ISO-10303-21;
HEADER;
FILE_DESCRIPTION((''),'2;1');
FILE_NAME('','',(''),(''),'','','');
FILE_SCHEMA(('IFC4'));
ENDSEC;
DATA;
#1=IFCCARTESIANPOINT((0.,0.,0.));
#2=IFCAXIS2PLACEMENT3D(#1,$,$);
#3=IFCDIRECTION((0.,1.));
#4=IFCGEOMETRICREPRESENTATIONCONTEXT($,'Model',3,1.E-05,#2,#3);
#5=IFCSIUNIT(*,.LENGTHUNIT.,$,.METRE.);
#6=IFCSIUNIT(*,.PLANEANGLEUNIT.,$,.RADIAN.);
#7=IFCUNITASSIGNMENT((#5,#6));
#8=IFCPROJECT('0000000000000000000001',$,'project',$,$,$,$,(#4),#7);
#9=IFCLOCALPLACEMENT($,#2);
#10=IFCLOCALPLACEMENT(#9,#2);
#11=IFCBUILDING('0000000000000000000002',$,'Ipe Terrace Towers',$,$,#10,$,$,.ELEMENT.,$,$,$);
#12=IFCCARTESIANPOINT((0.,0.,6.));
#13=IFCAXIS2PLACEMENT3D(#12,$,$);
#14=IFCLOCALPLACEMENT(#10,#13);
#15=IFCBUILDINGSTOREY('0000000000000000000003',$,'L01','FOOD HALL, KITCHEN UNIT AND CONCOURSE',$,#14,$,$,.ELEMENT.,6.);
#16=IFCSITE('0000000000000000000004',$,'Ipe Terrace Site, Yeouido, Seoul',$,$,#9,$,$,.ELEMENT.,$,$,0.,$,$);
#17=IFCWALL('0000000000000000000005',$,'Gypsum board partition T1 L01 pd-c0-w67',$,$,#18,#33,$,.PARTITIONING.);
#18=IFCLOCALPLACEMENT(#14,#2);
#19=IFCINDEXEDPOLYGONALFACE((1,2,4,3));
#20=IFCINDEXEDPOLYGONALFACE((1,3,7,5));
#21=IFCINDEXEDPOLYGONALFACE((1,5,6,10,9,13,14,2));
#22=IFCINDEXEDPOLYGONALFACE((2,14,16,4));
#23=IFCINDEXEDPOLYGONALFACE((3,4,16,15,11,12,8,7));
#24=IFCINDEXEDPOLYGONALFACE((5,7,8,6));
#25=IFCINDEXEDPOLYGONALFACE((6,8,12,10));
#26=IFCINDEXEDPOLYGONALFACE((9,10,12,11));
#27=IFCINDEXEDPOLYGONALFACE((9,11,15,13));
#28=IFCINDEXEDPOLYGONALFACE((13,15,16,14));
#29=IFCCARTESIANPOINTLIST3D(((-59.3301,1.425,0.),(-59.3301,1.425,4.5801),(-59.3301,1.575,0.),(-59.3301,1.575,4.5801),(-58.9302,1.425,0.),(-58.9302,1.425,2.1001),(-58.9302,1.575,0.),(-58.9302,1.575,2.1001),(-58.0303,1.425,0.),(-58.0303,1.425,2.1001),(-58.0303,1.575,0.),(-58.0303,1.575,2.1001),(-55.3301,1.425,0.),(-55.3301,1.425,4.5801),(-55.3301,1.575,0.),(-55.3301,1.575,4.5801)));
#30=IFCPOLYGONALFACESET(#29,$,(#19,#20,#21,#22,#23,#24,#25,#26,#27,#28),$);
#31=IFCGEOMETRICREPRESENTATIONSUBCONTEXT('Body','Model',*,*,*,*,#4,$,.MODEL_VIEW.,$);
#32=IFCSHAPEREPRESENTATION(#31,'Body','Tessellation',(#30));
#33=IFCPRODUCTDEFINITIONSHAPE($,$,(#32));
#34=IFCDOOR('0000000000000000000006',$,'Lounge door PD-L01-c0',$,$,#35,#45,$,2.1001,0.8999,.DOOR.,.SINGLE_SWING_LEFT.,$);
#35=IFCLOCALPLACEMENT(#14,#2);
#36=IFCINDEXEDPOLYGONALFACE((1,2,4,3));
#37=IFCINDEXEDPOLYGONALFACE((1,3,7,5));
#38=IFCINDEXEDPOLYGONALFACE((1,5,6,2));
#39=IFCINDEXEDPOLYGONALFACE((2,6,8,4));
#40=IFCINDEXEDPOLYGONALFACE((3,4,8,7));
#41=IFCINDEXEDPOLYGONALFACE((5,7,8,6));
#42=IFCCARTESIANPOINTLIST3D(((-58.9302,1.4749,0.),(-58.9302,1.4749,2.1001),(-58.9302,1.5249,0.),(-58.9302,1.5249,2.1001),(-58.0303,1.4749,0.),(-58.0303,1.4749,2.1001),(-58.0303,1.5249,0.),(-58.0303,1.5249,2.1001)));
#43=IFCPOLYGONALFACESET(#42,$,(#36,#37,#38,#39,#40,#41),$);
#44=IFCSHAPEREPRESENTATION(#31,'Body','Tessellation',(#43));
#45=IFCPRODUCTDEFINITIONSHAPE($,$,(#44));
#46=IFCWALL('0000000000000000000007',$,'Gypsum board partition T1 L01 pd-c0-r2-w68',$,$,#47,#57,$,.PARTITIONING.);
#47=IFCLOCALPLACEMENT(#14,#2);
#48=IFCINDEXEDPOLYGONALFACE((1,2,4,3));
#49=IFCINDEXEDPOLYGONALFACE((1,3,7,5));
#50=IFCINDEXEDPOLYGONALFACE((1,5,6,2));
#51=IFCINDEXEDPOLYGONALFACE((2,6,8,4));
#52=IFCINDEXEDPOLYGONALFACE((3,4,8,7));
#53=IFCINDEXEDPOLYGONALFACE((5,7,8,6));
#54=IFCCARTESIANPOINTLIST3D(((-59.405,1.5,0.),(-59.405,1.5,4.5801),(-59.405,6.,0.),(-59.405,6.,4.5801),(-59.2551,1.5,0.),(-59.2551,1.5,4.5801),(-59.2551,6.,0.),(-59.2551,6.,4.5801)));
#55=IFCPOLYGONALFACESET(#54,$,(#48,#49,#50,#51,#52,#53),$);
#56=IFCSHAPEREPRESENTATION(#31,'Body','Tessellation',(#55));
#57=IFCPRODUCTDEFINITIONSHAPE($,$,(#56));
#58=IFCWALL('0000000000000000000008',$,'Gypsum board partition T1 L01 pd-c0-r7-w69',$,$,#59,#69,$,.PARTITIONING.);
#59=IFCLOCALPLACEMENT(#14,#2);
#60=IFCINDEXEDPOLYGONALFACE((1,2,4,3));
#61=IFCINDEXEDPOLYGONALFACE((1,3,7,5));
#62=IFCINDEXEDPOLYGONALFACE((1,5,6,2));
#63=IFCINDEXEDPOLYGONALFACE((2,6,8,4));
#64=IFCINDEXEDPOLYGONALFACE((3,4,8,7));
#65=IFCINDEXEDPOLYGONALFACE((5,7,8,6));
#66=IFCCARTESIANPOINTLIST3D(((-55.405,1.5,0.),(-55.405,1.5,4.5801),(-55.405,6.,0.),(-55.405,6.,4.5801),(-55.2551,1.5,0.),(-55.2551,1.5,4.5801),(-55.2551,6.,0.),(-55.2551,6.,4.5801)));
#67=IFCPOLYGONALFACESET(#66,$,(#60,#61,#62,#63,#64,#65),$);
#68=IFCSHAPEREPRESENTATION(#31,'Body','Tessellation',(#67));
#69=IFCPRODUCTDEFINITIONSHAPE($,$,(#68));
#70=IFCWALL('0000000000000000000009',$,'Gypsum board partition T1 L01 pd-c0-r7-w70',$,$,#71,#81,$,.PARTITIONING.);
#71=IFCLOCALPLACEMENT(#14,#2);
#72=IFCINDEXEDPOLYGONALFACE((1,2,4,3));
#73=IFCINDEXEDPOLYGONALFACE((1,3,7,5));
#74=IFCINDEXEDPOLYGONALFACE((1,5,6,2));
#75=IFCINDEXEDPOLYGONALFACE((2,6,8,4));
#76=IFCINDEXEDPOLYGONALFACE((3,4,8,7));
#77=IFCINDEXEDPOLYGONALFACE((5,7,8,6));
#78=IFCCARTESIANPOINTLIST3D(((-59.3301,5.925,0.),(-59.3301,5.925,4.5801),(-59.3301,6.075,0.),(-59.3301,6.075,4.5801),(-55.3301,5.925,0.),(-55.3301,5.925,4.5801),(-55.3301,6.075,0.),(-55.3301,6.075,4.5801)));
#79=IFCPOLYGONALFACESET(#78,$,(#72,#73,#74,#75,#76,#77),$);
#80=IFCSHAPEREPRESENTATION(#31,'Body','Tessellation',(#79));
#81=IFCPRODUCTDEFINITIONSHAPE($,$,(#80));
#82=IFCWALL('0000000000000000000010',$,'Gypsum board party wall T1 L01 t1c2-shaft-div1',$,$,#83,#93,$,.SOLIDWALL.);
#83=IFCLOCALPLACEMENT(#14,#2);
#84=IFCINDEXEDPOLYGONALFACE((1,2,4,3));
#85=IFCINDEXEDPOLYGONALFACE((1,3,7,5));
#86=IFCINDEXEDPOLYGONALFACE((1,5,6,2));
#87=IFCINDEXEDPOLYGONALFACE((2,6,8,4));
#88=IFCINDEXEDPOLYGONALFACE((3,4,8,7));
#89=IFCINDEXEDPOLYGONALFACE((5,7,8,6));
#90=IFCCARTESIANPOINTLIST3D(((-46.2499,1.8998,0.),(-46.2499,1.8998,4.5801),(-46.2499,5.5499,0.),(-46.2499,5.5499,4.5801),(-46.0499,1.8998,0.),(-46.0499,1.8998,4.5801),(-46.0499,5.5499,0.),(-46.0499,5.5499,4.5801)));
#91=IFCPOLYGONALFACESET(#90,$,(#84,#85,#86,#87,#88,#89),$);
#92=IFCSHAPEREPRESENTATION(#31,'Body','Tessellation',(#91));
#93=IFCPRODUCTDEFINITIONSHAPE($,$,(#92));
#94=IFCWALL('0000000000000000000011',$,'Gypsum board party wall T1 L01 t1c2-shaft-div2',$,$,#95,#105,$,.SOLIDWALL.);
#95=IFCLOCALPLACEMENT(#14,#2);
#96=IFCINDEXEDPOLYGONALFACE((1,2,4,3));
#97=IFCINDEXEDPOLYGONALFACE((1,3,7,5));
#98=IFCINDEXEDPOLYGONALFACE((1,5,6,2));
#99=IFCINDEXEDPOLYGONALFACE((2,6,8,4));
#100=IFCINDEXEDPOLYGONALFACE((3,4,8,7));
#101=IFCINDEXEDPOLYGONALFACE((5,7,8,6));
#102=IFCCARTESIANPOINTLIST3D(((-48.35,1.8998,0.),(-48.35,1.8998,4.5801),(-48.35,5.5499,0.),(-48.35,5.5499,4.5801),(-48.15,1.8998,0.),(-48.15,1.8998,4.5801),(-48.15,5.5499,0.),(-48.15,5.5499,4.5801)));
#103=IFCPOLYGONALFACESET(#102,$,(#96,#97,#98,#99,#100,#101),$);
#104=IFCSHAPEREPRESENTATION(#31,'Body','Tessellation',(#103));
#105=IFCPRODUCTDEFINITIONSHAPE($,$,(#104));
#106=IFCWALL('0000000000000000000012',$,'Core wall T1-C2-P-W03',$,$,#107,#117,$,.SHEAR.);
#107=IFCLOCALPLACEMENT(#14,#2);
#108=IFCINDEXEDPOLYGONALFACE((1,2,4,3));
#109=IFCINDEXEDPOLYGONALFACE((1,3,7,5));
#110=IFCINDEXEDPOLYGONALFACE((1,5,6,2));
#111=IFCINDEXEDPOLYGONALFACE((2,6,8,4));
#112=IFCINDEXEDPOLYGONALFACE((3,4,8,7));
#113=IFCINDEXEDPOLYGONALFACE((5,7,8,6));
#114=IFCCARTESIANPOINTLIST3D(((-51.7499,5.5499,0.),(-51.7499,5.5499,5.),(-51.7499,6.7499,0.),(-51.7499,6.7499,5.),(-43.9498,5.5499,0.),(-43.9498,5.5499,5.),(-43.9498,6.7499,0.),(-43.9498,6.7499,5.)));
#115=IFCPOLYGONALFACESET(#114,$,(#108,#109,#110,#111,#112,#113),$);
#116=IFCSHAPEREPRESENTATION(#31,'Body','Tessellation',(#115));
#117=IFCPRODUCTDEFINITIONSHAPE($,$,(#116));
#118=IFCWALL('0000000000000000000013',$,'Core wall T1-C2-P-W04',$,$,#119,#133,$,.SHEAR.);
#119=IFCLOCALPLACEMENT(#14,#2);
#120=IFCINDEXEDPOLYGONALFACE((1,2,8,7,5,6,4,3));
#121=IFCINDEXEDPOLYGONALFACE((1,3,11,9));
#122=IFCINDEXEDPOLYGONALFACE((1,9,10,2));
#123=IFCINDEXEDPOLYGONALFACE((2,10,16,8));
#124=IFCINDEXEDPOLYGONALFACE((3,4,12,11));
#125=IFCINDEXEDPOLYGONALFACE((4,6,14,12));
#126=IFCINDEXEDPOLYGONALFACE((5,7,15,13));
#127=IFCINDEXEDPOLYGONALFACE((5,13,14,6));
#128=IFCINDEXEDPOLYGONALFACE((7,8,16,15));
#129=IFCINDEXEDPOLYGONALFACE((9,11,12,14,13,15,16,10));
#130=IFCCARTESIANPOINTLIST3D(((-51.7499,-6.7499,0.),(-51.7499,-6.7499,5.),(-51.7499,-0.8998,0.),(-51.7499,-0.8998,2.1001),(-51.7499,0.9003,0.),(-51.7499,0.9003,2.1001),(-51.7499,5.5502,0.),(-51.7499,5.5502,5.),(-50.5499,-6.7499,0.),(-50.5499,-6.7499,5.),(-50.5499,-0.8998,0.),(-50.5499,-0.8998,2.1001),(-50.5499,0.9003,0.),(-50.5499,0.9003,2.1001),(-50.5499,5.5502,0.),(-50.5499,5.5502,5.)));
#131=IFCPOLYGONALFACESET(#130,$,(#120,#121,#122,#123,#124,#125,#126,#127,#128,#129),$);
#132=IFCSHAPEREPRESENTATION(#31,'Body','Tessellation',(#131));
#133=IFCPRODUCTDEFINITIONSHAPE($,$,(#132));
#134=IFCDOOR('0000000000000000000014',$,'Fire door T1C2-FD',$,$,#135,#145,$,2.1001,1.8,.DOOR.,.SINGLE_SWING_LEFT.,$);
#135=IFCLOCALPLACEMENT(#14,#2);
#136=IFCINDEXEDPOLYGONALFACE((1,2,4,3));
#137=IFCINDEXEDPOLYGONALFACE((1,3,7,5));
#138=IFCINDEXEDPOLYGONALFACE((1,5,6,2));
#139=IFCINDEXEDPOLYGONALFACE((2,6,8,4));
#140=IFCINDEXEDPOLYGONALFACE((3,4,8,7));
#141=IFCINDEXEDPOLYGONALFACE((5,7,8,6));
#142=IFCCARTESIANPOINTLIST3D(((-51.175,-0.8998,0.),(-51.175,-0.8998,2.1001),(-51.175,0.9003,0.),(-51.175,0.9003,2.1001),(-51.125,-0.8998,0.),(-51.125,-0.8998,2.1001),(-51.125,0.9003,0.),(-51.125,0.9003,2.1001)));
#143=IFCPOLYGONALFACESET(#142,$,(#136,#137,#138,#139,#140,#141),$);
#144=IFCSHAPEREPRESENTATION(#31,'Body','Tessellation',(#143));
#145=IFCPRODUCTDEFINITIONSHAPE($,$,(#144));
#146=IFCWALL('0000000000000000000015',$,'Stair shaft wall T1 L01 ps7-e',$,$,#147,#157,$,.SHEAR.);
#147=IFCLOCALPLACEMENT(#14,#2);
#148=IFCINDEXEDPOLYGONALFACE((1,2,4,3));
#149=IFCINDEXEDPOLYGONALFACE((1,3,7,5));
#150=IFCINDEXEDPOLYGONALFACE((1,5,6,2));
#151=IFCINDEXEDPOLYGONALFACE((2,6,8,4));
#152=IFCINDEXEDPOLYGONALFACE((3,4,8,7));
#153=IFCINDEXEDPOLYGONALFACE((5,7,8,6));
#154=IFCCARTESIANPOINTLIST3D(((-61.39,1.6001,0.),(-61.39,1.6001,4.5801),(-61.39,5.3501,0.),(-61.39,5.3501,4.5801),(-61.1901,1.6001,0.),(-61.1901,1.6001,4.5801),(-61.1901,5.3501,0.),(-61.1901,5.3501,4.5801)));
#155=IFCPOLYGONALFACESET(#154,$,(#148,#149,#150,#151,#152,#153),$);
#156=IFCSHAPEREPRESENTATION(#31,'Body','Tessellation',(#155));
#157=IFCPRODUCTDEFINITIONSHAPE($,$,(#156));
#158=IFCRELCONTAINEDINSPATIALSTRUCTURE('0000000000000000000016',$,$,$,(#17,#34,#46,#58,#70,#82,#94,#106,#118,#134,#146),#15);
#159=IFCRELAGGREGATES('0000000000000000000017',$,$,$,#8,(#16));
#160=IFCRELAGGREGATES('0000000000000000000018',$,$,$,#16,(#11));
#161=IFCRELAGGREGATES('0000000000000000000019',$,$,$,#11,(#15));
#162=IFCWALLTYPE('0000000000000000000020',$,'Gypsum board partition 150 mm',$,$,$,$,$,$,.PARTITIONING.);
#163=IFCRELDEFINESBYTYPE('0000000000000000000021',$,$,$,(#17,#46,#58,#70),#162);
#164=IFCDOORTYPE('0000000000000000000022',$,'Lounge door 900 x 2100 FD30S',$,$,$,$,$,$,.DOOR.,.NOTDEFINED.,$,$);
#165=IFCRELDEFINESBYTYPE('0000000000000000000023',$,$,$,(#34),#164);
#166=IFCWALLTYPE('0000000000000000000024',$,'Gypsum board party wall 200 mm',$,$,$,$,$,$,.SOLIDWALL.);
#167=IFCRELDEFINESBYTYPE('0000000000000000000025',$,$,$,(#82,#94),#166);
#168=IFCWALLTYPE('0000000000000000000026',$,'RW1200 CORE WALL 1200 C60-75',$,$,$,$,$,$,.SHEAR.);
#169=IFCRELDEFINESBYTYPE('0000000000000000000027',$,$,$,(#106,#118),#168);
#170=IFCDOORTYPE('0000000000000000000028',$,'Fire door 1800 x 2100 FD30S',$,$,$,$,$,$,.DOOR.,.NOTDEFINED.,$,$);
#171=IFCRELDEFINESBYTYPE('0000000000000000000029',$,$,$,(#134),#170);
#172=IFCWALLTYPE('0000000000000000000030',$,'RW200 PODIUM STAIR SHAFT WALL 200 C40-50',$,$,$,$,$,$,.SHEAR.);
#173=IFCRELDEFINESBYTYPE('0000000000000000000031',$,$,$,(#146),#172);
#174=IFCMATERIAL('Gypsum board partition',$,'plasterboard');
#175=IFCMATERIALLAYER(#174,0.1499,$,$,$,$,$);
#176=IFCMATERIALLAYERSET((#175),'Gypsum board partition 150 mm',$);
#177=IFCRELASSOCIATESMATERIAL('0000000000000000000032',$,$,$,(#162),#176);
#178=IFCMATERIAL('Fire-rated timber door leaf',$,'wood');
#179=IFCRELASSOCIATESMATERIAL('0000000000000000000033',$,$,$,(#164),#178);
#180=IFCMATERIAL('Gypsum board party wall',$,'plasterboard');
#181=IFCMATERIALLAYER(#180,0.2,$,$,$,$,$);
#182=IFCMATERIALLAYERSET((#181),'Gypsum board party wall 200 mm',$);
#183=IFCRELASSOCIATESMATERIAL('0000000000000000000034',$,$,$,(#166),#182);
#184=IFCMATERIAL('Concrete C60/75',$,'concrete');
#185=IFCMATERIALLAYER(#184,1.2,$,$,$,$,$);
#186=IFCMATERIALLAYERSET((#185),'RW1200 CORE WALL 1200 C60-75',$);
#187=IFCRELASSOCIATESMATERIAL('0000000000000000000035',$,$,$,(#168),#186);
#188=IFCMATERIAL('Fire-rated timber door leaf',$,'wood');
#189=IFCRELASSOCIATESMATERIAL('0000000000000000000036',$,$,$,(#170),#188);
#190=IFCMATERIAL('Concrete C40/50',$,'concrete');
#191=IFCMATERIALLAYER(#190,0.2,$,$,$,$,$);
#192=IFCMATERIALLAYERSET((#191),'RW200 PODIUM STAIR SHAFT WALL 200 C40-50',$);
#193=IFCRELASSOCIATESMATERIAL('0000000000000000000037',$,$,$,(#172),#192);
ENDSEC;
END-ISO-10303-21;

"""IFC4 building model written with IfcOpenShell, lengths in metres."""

from ifc_helpers import new_model, si_unit, direction, frame, frame_2d, origin, place, context, subcontext, project, spatial, rectangle, extrude, material, layer, layer_set, type_object, element, fill, save


model = new_model("IFC4")

# Units and contexts
model_context = context("Model", 3, precision=1e-05, world=origin(), true_north=direction((0.0, 1.0)))
body_context = subcontext(model_context, "Body", "Model", "MODEL_VIEW")
ifc_project = project(units=[si_unit("LENGTHUNIT", "METRE"), si_unit("PLANEANGLEUNIT", "RADIAN")], contexts=[model_context])

# Site, building, storey
site_placement = place(None, origin())
site = spatial("IfcSite", under=ifc_project, at=site_placement, Name="Ipe Terrace Site, Yeouido, Seoul", CompositionType="ELEMENT", RefElevation=0.0)
building_placement = place(site_placement, origin())
building = spatial("IfcBuilding", under=site, at=building_placement, Name="Ipe Terrace Towers", CompositionType="ELEMENT")
storey_placement = place(building_placement, frame((0.0, 0.0, 6.0)))
storey = spatial("IfcBuildingStorey", under=building, at=storey_placement, Name="L01", Description="FOOD HALL, KITCHEN UNIT AND CONCOURSE", CompositionType="ELEMENT", Elevation=6.0)

# Shared definitions
ifc_material_1 = material(Name="Gypsum board partition", Category="plasterboard")
ifc_layer_1 = layer(ifc_material_1, 0.1499)
ifc_layer_set_1 = layer_set([ifc_layer_1], Name="Gypsum board partition 150 mm")
wall_type_1 = type_object("IfcWallType", Name="Gypsum board partition 150 mm", PredefinedType="PARTITIONING", material=ifc_layer_set_1)

# Wall, opening, door
wall_1_placement = place(storey_placement, frame((-59.3301, 1.5, 0.0), z_axis=(0.0, 0.0, 1.0), x_axis=(1.0, 0.0, 0.0)))
wall_1 = element("IfcWall", 1, at=wall_1_placement, inside=storey, type_object=wall_type_1, Name="Gypsum board partition T1 L01 pd-c0-w67", PredefinedType="PARTITIONING", context=body_context, shape_type="SweptSolid", body=[
    extrude(rectangle(XDim=4.0, YDim=0.1499, at=frame_2d((2.0, 0.0))), origin(), (0.0, 0.0, 1.0), 4.5801),
])
opening_1_placement = place(wall_1_placement, frame((0.3999, 0.0, 0.0)))
opening_1 = element("IfcOpeningElement", 2, at=opening_1_placement, cuts=wall_1, PredefinedType="OPENING", context=body_context, shape_type="SweptSolid", body=[
    extrude(rectangle(XDim=0.8999, YDim=2.1001, at=frame_2d((0.45, 1.05))), frame((0.0, 0.085, 0.0), z_axis=(0.0, -1.0, 0.0), x_axis=(1.0, 0.0, 0.0)), (0.0, 0.0, 1.0), 0.1699),
])
ifc_material_2 = material(Name="Fire-rated timber door leaf", Category="wood")
door_type_1 = type_object("IfcDoorType", Name="Lounge door 900 x 2100 FD30S", OperationType="NOTDEFINED", PredefinedType="DOOR", material=ifc_material_2)
door_1_placement = place(opening_1_placement, origin())
door_1 = element("IfcDoor", 3, at=door_1_placement, inside=storey, type_object=door_type_1, Name="Lounge door PD-L01-c0", OperationType="SINGLE_SWING_LEFT", OverallHeight=2.1001, OverallWidth=0.8999, PredefinedType="DOOR", context=body_context, shape_type="SweptSolid", body=[
    extrude(rectangle(XDim=0.8999, YDim=2.1001, at=frame_2d((0.45, 1.05))), frame((0.0, 0.0249, 0.0), z_axis=(0.0, -1.0, 0.0), x_axis=(1.0, 0.0, 0.0)), (0.0, 0.0, 1.0), 0.05),
])
fill(opening_1, door_1)

# Walls
for number, where, z_axis, x_axis, name in (
    (4, (-59.3301, 6.0, 0.0), (0.0, 0.0, 1.0), (0.0, -1.0, 0.0), "Gypsum board partition T1 L01 pd-c0-r2-w68"),
    (5, (-55.3301, 1.5, 0.0), (0.0, 0.0, 1.0), (0.0, 1.0, 0.0), "Gypsum board partition T1 L01 pd-c0-r7-w69"),
):
    element("IfcWall", number, at=place(storey_placement, frame(where, z_axis=z_axis, x_axis=x_axis)), inside=storey, type_object=wall_type_1, Name=name, PredefinedType="PARTITIONING", context=body_context, shape_type="SweptSolid", body=[
        extrude(rectangle(XDim=4.5, YDim=0.1499, at=frame_2d((2.25, 0.0))), origin(), (0.0, 0.0, 1.0), 4.5801),
    ])
wall_2_placement = place(storey_placement, frame((-55.3301, 6.0, 0.0), z_axis=(0.0, 0.0, 1.0), x_axis=(-1.0, 0.0, 0.0)))
element("IfcWall", 6, at=wall_2_placement, inside=storey, type_object=wall_type_1, Name="Gypsum board partition T1 L01 pd-c0-r7-w70", PredefinedType="PARTITIONING", context=body_context, shape_type="SweptSolid", body=[
    extrude(rectangle(XDim=4.0, YDim=0.1499, at=frame_2d((2.0, 0.0))), origin(), (0.0, 0.0, 1.0), 4.5801),
])
ifc_material_3 = material(Name="Gypsum board party wall", Category="plasterboard")
ifc_layer_2 = layer(ifc_material_3, 0.2)
ifc_layer_set_2 = layer_set([ifc_layer_2], Name="Gypsum board party wall 200 mm")
wall_type_2 = type_object("IfcWallType", Name="Gypsum board party wall 200 mm", PredefinedType="SOLIDWALL", material=ifc_layer_set_2)
for number, where, z_axis, x_axis, name in (
    (7, (-46.1499, 5.55, 0.0), (0.0, 0.0, 1.0), (0.0, -1.0, 0.0), "Gypsum board party wall T1 L01 t1c2-shaft-div1"),
    (8, (-48.25, 5.55, 0.0), (0.0, 0.0, 1.0), (0.0, -1.0, 0.0), "Gypsum board party wall T1 L01 t1c2-shaft-div2"),
):
    element("IfcWall", number, at=place(storey_placement, frame(where, z_axis=z_axis, x_axis=x_axis)), inside=storey, type_object=wall_type_2, Name=name, PredefinedType="SOLIDWALL", context=body_context, shape_type="SweptSolid", body=[
        extrude(rectangle(XDim=3.6501, YDim=0.2, at=frame_2d((1.8252, 0.0))), origin(), (0.0, 0.0, 1.0), 4.5801),
    ])
ifc_material_4 = material(Name="Concrete C60/75", Category="concrete")
ifc_layer_3 = layer(ifc_material_4, 1.2)
ifc_layer_set_3 = layer_set([ifc_layer_3], Name="RW1200 CORE WALL 1200 C60-75")
wall_type_3 = type_object("IfcWallType", Name="RW1200 CORE WALL 1200 C60-75", PredefinedType="SHEAR", material=ifc_layer_set_3)
wall_3_placement = place(storey_placement, frame((-43.95, 6.1499, 0.0), z_axis=(0.0, 0.0, 1.0), x_axis=(-1.0, 0.0, 0.0)))
element("IfcWall", 9, at=wall_3_placement, inside=storey, type_object=wall_type_3, Name="Core wall T1-C2-P-W03", PredefinedType="SHEAR", context=body_context, shape_type="SweptSolid", body=[
    extrude(rectangle(XDim=7.8, YDim=1.2, at=frame_2d((3.8999, 0.0))), origin(), (0.0, 0.0, 1.0), 5.0),
])

# Wall, opening, door
wall_4_placement = place(storey_placement, frame((-51.1499, 5.55, 0.0), z_axis=(0.0, 0.0, 1.0), x_axis=(0.0, -1.0, 0.0)))
wall_4 = element("IfcWall", 10, at=wall_4_placement, inside=storey, type_object=wall_type_3, Name="Core wall T1-C2-P-W04", PredefinedType="SHEAR", context=body_context, shape_type="SweptSolid", body=[
    extrude(rectangle(XDim=12.3, YDim=1.2, at=frame_2d((6.1499, 0.0))), origin(), (0.0, 0.0, 1.0), 5.0),
])
opening_2_placement = place(wall_4_placement, frame((4.6499, 0.0, 0.0)))
opening_2 = element("IfcOpeningElement", 11, at=opening_2_placement, cuts=wall_4, PredefinedType="OPENING", context=body_context, shape_type="SweptSolid", body=[
    extrude(rectangle(XDim=1.8, YDim=2.1001, at=frame_2d((0.8999, 1.05))), frame((0.0, 0.6099, 0.0), z_axis=(0.0, -1.0, 0.0), x_axis=(1.0, 0.0, 0.0)), (0.0, 0.0, 1.0), 1.22),
])
ifc_material_5 = material(Name="Fire-rated timber door leaf", Category="wood")
door_type_2 = type_object("IfcDoorType", Name="Fire door 1800 x 2100 FD30S", OperationType="NOTDEFINED", PredefinedType="DOOR", material=ifc_material_5)
door_2_placement = place(opening_2_placement, origin())
door_2 = element("IfcDoor", 12, at=door_2_placement, inside=storey, type_object=door_type_2, Name="Fire door T1C2-FD", OperationType="SINGLE_SWING_LEFT", OverallHeight=2.1001, OverallWidth=1.8, PredefinedType="DOOR", context=body_context, shape_type="SweptSolid", body=[
    extrude(rectangle(XDim=1.8, YDim=2.1001, at=frame_2d((0.8999, 1.05))), frame((0.0, 0.0249, 0.0), z_axis=(0.0, -1.0, 0.0), x_axis=(1.0, 0.0, 0.0)), (0.0, 0.0, 1.0), 0.05),
])
fill(opening_2, door_2)

# Wall
ifc_material_6 = material(Name="Concrete C40/50", Category="concrete")
ifc_layer_4 = layer(ifc_material_6, 0.2)
ifc_layer_set_4 = layer_set([ifc_layer_4], Name="RW200 PODIUM STAIR SHAFT WALL 200 C40-50")
wall_type_4 = type_object("IfcWallType", Name="RW200 PODIUM STAIR SHAFT WALL 200 C40-50", PredefinedType="SHEAR", material=ifc_layer_set_4)
wall_5_placement = place(storey_placement, frame((-61.29, 1.6001, 0.0), z_axis=(0.0, 0.0, 1.0), x_axis=(0.0, 1.0, 0.0)))
element("IfcWall", 13, at=wall_5_placement, inside=storey, type_object=wall_type_4, Name="Stair shaft wall T1 L01 ps7-e", PredefinedType="SHEAR", context=body_context, shape_type="SweptSolid", body=[
    extrude(rectangle(XDim=3.75, YDim=0.2, at=frame_2d((1.875, 0.0))), origin(), (0.0, 0.0, 1.0), 4.5801),
])

save(model, "model.ifc")
